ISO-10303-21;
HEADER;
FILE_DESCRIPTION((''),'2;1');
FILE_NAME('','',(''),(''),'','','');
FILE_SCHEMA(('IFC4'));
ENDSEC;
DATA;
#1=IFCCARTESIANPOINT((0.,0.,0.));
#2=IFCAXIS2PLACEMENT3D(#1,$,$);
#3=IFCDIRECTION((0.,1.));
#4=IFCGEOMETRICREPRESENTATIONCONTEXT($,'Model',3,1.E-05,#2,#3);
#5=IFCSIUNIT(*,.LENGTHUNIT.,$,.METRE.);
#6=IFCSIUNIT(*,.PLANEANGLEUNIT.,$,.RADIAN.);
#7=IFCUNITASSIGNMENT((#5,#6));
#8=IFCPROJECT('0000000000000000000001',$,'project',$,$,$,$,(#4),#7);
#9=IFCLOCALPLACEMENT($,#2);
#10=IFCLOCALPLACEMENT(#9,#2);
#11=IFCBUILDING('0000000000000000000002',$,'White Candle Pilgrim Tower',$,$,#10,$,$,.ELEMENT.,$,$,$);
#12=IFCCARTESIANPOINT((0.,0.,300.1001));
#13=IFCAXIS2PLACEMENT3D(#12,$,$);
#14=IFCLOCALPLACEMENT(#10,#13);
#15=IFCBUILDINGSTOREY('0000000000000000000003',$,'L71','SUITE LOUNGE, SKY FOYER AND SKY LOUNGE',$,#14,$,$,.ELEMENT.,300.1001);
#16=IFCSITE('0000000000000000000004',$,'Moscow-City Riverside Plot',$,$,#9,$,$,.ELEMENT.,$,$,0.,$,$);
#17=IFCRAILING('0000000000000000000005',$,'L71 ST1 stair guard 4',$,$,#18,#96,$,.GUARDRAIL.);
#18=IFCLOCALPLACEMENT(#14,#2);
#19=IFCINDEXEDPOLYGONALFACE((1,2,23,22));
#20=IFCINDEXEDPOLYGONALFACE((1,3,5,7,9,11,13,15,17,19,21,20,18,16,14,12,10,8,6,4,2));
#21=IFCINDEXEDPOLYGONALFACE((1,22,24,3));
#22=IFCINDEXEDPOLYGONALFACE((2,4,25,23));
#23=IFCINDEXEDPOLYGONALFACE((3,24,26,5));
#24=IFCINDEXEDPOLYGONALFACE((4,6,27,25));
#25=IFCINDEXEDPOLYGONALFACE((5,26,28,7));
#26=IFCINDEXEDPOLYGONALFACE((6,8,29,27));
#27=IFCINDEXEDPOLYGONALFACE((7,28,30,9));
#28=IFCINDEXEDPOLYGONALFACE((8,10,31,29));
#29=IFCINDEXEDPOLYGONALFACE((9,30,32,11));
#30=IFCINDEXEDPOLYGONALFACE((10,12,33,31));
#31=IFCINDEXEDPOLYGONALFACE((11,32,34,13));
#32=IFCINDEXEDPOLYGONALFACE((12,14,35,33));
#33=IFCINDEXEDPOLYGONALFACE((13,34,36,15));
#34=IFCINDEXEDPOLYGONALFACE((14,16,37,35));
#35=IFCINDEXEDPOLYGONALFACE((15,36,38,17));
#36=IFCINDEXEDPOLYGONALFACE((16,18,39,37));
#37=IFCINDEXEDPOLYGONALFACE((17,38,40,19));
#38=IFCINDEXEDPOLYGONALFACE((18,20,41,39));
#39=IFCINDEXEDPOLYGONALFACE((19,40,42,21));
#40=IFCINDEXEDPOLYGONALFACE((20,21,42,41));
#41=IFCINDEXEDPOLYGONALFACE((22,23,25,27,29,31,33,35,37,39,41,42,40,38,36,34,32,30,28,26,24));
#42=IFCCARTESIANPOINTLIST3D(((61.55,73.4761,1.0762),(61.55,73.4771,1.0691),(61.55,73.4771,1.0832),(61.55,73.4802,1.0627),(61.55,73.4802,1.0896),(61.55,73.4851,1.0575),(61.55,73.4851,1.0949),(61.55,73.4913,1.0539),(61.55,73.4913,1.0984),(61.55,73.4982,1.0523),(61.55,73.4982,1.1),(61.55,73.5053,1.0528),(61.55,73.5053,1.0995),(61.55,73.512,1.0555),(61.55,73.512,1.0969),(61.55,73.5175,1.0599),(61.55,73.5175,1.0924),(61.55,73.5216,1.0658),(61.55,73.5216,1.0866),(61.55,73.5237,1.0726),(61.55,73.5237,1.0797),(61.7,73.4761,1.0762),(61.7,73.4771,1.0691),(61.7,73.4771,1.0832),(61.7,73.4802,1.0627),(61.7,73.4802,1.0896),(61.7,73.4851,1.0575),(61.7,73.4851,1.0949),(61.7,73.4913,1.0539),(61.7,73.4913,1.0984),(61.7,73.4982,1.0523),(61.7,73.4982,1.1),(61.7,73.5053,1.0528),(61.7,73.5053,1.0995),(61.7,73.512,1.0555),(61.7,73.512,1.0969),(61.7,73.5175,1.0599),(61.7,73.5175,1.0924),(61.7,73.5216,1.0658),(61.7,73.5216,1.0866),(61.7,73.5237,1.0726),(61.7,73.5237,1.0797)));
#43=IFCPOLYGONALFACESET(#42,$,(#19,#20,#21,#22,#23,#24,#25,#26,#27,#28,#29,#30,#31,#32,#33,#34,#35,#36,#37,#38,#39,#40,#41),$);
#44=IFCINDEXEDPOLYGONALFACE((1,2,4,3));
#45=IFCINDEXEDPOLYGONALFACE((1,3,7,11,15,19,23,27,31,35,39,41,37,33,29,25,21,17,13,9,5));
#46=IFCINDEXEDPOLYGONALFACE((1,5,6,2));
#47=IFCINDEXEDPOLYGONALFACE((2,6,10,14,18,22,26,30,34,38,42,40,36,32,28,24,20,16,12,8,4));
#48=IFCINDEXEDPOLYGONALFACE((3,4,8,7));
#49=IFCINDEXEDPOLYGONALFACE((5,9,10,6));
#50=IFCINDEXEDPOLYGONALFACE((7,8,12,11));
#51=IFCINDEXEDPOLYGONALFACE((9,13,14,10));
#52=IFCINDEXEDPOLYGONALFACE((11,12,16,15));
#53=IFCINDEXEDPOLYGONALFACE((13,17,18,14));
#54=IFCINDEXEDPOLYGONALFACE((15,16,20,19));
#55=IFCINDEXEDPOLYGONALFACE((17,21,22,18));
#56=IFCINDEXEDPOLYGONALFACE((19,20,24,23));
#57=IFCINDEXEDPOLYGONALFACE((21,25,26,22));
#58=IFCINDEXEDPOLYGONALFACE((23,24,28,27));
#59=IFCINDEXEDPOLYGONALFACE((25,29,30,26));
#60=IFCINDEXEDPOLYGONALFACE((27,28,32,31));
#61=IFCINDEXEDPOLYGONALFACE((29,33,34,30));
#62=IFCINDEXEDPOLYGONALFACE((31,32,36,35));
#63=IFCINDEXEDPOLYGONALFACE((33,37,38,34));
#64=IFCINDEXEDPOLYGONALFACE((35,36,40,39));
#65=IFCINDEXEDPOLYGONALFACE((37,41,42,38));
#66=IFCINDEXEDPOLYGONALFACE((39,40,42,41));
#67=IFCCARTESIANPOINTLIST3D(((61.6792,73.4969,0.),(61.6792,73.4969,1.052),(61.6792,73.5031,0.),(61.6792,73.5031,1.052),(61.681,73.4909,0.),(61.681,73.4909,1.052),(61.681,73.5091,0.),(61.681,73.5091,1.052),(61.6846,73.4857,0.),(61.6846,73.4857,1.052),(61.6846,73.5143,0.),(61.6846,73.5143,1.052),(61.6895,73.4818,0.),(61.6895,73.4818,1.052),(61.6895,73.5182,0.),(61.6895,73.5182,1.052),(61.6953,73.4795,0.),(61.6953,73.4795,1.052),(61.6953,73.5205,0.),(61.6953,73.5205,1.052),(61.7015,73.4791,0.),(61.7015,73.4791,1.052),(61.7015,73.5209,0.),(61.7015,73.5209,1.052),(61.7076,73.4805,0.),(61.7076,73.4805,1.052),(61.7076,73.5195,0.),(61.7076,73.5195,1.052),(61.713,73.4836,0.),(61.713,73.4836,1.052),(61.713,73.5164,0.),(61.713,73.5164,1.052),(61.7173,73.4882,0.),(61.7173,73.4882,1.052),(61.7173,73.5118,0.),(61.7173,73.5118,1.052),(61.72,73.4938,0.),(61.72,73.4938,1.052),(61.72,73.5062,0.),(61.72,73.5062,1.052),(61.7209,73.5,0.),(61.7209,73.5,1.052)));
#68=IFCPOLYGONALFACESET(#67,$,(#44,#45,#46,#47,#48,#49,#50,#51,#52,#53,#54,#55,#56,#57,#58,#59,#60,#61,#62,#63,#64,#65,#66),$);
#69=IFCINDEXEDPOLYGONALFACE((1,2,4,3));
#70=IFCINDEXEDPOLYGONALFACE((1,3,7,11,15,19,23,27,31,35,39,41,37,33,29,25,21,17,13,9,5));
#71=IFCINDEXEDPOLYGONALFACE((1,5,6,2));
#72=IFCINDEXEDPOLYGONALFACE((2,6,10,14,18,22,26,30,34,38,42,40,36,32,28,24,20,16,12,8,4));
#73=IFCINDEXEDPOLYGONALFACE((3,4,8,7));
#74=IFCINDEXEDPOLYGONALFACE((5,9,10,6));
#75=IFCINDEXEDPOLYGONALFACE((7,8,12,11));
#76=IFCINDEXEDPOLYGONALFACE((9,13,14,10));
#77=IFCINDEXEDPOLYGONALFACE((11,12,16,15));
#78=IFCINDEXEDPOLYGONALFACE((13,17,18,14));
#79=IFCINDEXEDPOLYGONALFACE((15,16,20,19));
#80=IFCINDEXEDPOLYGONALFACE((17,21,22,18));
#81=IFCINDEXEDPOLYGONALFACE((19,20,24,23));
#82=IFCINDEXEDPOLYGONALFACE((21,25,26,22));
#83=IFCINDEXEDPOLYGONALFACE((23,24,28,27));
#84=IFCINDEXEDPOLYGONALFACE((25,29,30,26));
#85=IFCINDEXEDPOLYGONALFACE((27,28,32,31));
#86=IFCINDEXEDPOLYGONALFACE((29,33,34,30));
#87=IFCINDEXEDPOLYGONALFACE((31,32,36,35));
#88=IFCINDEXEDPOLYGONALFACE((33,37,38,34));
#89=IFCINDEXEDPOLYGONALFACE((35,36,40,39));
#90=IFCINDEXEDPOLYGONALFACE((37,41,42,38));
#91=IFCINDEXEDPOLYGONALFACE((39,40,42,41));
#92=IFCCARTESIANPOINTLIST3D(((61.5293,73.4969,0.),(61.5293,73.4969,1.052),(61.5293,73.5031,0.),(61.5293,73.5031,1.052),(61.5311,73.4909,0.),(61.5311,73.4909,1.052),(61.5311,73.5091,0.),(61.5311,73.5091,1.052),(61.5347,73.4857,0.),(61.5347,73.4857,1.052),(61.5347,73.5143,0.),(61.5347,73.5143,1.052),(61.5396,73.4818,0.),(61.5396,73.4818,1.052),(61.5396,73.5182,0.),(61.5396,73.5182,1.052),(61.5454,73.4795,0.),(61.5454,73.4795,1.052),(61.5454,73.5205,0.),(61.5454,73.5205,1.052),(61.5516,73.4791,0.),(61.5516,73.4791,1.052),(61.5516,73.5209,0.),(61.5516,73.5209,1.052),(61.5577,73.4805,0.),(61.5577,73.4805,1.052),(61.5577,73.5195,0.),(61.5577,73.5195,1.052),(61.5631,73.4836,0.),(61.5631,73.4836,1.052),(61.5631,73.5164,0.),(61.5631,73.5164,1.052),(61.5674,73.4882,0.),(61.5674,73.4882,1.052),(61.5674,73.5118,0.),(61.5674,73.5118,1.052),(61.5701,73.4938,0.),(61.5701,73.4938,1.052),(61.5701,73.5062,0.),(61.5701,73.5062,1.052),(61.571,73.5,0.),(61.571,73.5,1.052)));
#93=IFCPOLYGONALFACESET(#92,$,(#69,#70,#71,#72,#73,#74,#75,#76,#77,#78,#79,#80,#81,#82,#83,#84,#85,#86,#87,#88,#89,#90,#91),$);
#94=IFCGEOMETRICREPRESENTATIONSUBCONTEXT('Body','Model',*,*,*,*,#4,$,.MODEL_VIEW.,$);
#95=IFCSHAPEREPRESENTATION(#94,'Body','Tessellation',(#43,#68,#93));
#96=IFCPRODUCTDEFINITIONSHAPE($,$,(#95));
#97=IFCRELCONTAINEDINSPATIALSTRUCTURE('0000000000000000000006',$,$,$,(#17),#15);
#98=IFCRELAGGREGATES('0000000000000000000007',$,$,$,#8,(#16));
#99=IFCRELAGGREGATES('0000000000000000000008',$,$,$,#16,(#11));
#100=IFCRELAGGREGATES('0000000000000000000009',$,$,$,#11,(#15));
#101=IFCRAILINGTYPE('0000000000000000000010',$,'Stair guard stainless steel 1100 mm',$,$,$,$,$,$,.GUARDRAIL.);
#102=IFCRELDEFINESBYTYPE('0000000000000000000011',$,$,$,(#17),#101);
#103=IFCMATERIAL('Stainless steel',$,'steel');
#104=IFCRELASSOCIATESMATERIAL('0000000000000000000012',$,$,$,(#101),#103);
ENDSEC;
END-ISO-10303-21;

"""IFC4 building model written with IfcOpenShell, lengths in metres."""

from ifc_helpers import new_model, si_unit, direction, frame, origin, origin_2d, place, context, subcontext, project, spatial, circle, extrude, material, type_object, element, save


model = new_model("IFC4")

# Units and contexts
model_context = context("Model", 3, precision=1e-05, world=origin(), true_north=direction((0.0, 1.0)))
body_context = subcontext(model_context, "Body", "Model", "MODEL_VIEW")
ifc_project = project(units=[si_unit("LENGTHUNIT", "METRE"), si_unit("PLANEANGLEUNIT", "RADIAN")], contexts=[model_context])

# Site, building, storey
site_placement = place(None, origin())
site = spatial("IfcSite", under=ifc_project, at=site_placement, Name="Moscow-City Riverside Plot", CompositionType="ELEMENT", RefElevation=0.0)
building_placement = place(site_placement, origin())
building = spatial("IfcBuilding", under=site, at=building_placement, Name="White Candle Pilgrim Tower", CompositionType="ELEMENT")
storey_placement = place(building_placement, frame((0.0, 0.0, 300.1001)))
storey = spatial("IfcBuildingStorey", under=building, at=storey_placement, Name="L71", Description="SUITE LOUNGE, SKY FOYER AND SKY LOUNGE", CompositionType="ELEMENT", Elevation=300.1001)

# Railing
ifc_material_1 = material(Name="Stainless steel", Category="steel")
railing_type_1 = type_object("IfcRailingType", Name="Stair guard stainless steel 1100 mm", PredefinedType="GUARDRAIL", material=ifc_material_1)
railing_1_placement = place(storey_placement, frame((61.7, 73.5, 0.0)))
element("IfcRailing", 1, at=railing_1_placement, inside=storey, type_object=railing_type_1, Name="L71 ST1 stair guard 4", PredefinedType="GUARDRAIL", context=body_context, shape_type="SweptSolid", body=[
    extrude(circle(Radius=0.0239, at=origin_2d()), frame((0.0, 0.0, 1.0762), z_axis=(-1.0, 0.0, 0.0), x_axis=(0.0, -1.0, 0.0)), (0.0, 0.0, 1.0), 0.1499),
    extrude(circle(Radius=0.021, at=origin_2d()), origin(), (0.0, 0.0, 1.0), 1.052),
    extrude(circle(Radius=0.021, at=origin_2d()), frame((-0.1499, 0.0, 0.0)), (0.0, 0.0, 1.0), 1.052),
])

save(model, "model.ifc")
